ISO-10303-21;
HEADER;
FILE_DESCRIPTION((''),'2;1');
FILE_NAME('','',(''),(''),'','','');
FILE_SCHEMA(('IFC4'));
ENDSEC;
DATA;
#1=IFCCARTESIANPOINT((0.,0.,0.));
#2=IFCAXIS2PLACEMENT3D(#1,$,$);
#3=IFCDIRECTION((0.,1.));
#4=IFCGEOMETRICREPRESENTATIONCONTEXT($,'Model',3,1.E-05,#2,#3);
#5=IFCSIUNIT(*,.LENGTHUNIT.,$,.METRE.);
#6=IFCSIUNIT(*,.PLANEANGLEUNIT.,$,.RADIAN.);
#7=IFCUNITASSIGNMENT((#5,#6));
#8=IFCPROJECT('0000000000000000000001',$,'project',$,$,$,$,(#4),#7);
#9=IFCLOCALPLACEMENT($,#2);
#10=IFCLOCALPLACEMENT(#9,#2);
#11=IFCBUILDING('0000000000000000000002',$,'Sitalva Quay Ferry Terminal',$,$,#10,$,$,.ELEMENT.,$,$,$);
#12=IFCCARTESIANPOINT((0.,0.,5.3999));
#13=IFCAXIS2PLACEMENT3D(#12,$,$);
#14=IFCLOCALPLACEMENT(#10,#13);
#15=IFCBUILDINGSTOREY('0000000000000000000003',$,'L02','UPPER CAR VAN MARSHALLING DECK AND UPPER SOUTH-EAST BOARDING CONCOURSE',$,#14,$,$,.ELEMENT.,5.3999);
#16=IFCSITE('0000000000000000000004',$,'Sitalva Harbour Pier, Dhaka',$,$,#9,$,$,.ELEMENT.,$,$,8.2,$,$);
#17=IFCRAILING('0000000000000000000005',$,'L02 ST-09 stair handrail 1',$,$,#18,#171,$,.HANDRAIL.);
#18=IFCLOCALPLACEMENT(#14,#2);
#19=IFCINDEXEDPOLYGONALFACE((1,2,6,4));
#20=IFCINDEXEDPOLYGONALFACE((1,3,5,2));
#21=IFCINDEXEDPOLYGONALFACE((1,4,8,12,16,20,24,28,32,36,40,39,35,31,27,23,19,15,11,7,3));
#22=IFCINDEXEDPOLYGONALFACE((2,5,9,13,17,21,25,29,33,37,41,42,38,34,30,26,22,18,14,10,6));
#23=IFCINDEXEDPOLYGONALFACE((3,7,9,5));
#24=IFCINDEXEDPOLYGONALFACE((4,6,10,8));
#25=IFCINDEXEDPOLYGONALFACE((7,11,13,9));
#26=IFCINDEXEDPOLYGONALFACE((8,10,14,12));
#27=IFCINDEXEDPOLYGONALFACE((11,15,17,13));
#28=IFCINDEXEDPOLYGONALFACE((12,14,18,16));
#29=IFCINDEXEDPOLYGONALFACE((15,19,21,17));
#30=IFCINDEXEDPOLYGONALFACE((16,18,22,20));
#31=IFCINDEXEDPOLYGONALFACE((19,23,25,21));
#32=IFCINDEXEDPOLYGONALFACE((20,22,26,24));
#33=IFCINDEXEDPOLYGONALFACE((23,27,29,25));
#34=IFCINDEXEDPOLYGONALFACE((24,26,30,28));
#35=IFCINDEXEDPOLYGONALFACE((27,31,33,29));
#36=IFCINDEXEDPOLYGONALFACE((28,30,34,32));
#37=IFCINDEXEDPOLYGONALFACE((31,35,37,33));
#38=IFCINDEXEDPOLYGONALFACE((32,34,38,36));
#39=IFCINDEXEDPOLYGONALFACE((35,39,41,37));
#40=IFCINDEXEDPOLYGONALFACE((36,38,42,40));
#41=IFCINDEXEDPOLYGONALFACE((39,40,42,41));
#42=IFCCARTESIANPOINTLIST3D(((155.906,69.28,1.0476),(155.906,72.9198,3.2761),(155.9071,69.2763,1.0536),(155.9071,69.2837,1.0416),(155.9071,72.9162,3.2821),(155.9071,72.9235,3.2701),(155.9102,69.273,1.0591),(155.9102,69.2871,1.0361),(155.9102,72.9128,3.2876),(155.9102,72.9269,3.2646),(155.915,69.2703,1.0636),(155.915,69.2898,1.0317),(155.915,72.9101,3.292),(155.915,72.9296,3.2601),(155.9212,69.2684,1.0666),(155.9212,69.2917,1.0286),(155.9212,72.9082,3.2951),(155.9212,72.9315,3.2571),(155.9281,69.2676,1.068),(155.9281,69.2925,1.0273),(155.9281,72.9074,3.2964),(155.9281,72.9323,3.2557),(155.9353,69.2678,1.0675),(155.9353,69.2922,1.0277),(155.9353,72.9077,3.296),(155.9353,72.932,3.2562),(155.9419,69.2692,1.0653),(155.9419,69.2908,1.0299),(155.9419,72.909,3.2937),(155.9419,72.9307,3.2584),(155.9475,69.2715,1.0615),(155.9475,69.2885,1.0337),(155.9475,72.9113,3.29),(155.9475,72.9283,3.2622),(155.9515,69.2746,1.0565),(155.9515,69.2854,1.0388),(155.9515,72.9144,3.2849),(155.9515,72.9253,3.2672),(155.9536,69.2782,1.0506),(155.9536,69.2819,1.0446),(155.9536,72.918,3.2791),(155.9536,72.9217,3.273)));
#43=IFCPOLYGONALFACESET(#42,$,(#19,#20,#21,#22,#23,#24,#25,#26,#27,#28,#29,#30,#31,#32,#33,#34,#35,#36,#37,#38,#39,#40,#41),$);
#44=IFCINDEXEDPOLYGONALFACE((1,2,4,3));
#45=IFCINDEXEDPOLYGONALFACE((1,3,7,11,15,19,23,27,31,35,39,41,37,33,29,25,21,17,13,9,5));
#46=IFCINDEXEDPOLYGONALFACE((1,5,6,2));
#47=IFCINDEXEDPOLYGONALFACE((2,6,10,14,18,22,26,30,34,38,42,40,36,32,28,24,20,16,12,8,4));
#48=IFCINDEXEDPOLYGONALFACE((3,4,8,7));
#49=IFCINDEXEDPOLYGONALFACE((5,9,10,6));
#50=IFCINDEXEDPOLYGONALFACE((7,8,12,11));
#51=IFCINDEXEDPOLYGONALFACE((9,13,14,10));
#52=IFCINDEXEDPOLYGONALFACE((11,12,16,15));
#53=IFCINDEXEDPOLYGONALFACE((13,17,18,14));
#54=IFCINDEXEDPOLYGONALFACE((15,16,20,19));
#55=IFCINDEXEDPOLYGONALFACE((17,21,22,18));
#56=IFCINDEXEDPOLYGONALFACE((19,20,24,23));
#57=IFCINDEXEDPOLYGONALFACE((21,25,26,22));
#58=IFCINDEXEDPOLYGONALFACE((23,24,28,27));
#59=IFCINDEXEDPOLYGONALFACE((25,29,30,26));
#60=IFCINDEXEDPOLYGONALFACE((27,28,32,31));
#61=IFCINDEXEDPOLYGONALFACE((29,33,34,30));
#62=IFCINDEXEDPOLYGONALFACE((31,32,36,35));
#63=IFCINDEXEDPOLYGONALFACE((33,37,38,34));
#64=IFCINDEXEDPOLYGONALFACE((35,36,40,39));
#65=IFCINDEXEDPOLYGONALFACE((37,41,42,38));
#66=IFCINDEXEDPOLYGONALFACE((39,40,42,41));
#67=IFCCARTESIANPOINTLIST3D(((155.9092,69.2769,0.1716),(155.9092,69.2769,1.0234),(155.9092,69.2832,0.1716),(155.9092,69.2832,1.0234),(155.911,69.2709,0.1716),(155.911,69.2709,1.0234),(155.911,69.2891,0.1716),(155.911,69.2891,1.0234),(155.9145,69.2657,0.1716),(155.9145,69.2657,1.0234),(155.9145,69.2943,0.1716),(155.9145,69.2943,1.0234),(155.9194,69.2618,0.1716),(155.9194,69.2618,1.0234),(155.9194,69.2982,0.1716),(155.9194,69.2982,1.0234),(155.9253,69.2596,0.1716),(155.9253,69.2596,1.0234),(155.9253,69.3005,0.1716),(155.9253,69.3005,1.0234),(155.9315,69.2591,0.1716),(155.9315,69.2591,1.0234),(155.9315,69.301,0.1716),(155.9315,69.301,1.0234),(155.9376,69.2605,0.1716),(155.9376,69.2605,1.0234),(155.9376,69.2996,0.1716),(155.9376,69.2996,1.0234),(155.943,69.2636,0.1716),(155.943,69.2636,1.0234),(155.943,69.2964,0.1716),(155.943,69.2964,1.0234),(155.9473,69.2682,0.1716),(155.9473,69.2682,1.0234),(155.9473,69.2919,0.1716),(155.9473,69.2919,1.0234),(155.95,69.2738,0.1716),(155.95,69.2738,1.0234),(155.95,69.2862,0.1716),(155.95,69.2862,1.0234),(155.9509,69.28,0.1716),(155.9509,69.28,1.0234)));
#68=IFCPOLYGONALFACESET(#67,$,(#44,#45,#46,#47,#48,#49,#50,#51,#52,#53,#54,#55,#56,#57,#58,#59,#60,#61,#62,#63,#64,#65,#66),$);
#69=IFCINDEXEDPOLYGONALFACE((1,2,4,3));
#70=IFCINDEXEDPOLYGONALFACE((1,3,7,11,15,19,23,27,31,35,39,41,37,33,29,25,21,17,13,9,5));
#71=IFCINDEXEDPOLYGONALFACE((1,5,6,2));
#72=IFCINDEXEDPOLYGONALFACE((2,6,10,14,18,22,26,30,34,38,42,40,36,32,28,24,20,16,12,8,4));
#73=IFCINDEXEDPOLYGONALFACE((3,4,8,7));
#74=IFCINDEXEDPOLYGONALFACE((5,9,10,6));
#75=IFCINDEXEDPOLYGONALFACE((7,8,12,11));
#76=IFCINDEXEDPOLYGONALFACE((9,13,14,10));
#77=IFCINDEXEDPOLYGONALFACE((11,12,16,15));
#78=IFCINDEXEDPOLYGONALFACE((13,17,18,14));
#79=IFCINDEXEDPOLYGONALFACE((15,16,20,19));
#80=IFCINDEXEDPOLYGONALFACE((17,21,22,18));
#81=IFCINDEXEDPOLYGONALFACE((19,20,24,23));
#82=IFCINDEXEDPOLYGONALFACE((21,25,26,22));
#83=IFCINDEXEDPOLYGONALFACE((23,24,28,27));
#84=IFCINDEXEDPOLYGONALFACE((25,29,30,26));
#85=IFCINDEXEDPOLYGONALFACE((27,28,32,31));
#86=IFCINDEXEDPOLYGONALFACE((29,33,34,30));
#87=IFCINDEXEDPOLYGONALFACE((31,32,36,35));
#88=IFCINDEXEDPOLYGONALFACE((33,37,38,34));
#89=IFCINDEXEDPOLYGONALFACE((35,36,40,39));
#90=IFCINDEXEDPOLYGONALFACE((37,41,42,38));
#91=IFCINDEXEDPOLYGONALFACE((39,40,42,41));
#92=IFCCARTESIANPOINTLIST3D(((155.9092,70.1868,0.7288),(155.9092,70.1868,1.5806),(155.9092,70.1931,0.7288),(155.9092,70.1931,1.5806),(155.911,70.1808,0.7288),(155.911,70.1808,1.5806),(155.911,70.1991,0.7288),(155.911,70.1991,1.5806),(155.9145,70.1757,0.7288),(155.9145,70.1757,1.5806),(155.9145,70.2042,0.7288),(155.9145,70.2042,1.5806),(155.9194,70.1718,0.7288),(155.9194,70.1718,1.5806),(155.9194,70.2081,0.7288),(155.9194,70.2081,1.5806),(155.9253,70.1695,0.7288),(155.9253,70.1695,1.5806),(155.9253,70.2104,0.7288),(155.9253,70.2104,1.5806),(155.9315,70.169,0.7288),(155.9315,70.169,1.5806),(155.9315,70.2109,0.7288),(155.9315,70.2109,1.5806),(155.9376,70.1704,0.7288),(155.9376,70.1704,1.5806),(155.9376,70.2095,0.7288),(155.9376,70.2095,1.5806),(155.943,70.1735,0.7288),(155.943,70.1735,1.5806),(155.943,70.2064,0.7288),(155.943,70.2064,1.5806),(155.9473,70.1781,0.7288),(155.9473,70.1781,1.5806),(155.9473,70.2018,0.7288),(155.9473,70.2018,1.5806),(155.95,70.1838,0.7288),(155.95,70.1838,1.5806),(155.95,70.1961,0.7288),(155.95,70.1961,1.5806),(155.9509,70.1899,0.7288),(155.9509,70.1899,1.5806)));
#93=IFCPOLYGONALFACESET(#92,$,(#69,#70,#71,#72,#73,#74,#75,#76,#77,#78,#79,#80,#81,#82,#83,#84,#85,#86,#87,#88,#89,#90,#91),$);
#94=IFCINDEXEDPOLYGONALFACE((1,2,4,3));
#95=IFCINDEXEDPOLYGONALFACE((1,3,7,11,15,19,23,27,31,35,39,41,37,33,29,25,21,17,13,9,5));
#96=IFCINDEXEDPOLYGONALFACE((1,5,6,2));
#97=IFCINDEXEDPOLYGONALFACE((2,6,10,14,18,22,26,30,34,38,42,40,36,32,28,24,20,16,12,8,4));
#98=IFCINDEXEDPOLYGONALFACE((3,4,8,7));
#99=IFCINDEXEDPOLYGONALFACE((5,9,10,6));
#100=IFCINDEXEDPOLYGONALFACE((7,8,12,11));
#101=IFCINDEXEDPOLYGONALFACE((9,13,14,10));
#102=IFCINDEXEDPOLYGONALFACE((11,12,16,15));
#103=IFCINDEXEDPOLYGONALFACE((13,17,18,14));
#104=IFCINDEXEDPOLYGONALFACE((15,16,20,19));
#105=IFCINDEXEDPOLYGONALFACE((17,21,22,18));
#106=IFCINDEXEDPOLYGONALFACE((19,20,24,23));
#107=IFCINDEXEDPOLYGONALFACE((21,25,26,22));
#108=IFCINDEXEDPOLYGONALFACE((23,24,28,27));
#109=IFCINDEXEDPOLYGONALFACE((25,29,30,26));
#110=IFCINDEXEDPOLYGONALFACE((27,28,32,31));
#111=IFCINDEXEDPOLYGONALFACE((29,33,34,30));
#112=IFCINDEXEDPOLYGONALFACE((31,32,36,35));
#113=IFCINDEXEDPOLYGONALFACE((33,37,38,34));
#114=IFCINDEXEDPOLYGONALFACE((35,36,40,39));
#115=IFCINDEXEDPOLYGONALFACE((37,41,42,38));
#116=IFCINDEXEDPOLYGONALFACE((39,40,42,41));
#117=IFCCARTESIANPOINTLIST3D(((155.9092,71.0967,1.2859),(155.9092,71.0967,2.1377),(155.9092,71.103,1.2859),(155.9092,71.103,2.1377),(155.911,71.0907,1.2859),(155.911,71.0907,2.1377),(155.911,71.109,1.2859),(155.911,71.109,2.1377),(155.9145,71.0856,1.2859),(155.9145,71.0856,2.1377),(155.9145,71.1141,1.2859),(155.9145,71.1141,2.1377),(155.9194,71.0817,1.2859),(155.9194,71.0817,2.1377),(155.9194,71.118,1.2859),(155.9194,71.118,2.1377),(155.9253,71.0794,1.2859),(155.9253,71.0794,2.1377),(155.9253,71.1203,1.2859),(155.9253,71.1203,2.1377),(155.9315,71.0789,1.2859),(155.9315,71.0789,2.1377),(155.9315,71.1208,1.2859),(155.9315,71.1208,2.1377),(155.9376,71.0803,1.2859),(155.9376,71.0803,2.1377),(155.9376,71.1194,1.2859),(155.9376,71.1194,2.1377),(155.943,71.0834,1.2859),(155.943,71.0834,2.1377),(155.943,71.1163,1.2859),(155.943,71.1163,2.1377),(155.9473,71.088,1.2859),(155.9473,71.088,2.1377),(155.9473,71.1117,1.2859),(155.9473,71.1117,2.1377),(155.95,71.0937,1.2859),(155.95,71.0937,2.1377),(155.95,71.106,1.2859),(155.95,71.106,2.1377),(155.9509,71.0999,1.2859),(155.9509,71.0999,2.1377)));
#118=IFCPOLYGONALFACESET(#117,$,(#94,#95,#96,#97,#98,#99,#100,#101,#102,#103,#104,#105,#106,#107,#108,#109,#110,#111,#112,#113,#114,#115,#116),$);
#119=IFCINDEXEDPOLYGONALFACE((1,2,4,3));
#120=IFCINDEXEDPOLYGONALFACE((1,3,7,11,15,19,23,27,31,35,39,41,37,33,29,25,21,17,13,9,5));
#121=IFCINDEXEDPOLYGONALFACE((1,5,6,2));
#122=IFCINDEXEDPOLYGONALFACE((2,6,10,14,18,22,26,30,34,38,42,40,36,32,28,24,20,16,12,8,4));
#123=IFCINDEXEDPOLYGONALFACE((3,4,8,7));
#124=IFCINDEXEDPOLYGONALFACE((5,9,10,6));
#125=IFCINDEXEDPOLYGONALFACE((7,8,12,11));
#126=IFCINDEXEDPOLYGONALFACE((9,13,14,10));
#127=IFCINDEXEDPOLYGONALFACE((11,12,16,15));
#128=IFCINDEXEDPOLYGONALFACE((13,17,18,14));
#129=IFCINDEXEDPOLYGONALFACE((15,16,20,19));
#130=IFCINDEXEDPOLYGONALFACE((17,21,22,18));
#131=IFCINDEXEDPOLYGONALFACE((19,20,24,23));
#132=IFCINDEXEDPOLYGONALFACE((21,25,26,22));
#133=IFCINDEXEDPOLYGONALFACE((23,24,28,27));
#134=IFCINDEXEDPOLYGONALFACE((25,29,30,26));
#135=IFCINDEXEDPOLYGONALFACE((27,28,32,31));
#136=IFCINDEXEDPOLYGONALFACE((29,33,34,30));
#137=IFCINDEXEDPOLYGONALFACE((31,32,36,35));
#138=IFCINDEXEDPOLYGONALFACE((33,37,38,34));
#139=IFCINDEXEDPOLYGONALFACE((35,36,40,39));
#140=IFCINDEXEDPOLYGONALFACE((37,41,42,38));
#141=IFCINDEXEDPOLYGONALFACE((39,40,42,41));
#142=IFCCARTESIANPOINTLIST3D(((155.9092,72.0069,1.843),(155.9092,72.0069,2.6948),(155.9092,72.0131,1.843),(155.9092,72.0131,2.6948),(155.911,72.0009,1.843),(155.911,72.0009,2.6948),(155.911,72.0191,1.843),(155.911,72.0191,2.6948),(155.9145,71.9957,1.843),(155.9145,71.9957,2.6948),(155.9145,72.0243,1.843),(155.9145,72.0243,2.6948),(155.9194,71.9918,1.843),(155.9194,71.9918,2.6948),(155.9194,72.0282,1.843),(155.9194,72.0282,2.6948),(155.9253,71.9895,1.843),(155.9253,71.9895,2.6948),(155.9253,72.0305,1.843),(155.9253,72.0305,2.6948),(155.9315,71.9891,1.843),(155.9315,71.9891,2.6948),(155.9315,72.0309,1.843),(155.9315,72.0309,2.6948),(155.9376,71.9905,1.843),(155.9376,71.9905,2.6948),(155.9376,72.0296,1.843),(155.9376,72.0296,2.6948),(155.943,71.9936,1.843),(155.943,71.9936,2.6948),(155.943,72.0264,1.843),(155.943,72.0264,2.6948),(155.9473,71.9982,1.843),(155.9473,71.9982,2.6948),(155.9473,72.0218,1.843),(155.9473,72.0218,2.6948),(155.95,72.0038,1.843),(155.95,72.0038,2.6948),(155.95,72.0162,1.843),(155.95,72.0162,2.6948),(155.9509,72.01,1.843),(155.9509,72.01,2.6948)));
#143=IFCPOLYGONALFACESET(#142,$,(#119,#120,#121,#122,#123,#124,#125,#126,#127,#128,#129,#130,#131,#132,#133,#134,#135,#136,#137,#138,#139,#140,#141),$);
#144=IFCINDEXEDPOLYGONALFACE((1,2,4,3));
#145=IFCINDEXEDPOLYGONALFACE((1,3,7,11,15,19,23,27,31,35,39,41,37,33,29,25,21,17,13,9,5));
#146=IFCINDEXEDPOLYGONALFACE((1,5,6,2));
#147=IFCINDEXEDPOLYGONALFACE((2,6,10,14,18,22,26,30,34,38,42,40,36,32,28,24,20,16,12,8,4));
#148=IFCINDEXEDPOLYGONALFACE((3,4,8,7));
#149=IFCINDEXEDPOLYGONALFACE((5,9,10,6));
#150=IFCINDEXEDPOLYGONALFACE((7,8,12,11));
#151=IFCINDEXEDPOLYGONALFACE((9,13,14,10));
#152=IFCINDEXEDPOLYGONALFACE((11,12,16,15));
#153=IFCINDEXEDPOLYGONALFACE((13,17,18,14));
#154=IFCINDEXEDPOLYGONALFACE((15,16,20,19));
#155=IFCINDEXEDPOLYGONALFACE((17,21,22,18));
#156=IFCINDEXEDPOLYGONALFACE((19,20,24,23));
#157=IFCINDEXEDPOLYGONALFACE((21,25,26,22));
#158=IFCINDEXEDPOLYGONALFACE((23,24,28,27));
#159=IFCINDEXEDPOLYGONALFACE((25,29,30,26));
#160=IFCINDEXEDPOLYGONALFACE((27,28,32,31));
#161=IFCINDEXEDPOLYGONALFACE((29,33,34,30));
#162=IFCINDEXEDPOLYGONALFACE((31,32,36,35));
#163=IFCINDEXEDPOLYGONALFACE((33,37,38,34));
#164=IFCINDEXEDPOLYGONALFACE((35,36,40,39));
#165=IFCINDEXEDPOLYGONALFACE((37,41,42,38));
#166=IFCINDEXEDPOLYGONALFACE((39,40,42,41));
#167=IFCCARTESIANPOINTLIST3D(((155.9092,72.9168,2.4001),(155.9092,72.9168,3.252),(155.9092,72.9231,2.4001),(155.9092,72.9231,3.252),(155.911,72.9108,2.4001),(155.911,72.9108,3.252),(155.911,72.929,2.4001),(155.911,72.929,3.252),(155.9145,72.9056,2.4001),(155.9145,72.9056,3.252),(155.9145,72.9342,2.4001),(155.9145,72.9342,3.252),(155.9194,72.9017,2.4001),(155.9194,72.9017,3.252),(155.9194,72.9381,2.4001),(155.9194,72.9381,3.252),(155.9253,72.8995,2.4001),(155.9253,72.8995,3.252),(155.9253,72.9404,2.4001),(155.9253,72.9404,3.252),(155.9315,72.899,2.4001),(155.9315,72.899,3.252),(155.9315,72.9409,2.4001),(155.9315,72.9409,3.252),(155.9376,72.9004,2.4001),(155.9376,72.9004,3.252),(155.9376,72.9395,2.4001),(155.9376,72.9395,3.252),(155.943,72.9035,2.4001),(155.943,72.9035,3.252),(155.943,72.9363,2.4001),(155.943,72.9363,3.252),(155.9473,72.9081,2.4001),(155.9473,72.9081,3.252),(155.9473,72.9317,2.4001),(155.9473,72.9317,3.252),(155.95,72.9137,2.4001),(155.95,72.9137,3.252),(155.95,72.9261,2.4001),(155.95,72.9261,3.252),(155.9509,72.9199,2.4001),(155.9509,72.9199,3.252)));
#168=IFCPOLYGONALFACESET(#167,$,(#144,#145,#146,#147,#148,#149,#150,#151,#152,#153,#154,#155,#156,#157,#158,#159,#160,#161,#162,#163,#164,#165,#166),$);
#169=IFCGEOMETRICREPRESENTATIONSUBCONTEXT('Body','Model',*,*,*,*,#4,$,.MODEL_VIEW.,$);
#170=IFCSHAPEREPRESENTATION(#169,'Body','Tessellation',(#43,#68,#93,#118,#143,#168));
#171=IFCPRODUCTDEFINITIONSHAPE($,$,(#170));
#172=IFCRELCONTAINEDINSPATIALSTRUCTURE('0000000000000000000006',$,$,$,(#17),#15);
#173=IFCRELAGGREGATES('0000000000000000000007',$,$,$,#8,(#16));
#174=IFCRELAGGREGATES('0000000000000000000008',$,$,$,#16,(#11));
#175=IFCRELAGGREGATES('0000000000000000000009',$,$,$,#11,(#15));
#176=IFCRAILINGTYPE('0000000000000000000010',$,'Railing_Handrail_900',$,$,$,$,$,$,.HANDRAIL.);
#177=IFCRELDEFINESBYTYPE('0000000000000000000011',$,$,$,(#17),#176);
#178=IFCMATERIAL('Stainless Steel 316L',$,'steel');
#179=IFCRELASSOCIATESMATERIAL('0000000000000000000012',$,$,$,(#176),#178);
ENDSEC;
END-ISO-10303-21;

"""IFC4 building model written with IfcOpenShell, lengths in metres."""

from ifc_helpers import new_model, si_unit, direction, frame, origin, origin_2d, place, context, subcontext, project, spatial, circle, extrude, material, type_object, element, save


model = new_model("IFC4")

# Units and contexts
model_context = context("Model", 3, precision=1e-05, world=origin(), true_north=direction((0.0, 1.0)))
body_context = subcontext(model_context, "Body", "Model", "MODEL_VIEW")
ifc_project = project(units=[si_unit("LENGTHUNIT", "METRE"), si_unit("PLANEANGLEUNIT", "RADIAN")], contexts=[model_context])

# Site, building, storey
site_placement = place(None, origin())
site = spatial("IfcSite", under=ifc_project, at=site_placement, Name="Sitalva Harbour Pier, Dhaka", CompositionType="ELEMENT", RefElevation=8.2)
building_placement = place(site_placement, origin())
building = spatial("IfcBuilding", under=site, at=building_placement, Name="Sitalva Quay Ferry Terminal", CompositionType="ELEMENT")
storey_placement = place(building_placement, frame((0.0, 0.0, 5.3999)))
storey = spatial("IfcBuildingStorey", under=building, at=storey_placement, Name="L02", Description="UPPER CAR VAN MARSHALLING DECK AND UPPER SOUTH-EAST BOARDING CONCOURSE", CompositionType="ELEMENT", Elevation=5.3999)

# Railing
ifc_material_1 = material(Name="Stainless Steel 316L", Category="steel")
railing_type_1 = type_object("IfcRailingType", Name="Railing_Handrail_900", PredefinedType="HANDRAIL", material=ifc_material_1)
railing_1_placement = place(storey_placement, frame((155.9299, 69.28, 0.1716)))
element("IfcRailing", 1, at=railing_1_placement, inside=storey, type_object=railing_type_1, Name="L02 ST-09 stair handrail 1", PredefinedType="HANDRAIL", context=body_context, shape_type="SweptSolid", body=[
    extrude(circle(Radius=0.0239, at=origin_2d()), frame((0.0, 0.0, 0.876), z_axis=(0.0, 0.85285, 0.522156), x_axis=(-1.0, 0.0, 0.0)), (0.0, 0.0, 1.0), 4.2678),
    extrude(circle(Radius=0.021, at=origin_2d()), origin(), (0.0, 0.0, 1.0), 0.8518),
    extrude(circle(Radius=0.021, at=origin_2d()), frame((0.0, 0.9099, 0.5571)), (0.0, 0.0, 1.0), 0.8518),
    extrude(circle(Radius=0.021, at=origin_2d()), frame((0.0, 1.8198, 1.1143)), (0.0, 0.0, 1.0), 0.8518),
    extrude(circle(Radius=0.021, at=origin_2d()), frame((0.0, 2.73, 1.6714)), (0.0, 0.0, 1.0), 0.8518),
    extrude(circle(Radius=0.021, at=origin_2d()), frame((0.0, 3.6399, 2.2285)), (0.0, 0.0, 1.0), 0.8518),
])

save(model, "model.ifc")
